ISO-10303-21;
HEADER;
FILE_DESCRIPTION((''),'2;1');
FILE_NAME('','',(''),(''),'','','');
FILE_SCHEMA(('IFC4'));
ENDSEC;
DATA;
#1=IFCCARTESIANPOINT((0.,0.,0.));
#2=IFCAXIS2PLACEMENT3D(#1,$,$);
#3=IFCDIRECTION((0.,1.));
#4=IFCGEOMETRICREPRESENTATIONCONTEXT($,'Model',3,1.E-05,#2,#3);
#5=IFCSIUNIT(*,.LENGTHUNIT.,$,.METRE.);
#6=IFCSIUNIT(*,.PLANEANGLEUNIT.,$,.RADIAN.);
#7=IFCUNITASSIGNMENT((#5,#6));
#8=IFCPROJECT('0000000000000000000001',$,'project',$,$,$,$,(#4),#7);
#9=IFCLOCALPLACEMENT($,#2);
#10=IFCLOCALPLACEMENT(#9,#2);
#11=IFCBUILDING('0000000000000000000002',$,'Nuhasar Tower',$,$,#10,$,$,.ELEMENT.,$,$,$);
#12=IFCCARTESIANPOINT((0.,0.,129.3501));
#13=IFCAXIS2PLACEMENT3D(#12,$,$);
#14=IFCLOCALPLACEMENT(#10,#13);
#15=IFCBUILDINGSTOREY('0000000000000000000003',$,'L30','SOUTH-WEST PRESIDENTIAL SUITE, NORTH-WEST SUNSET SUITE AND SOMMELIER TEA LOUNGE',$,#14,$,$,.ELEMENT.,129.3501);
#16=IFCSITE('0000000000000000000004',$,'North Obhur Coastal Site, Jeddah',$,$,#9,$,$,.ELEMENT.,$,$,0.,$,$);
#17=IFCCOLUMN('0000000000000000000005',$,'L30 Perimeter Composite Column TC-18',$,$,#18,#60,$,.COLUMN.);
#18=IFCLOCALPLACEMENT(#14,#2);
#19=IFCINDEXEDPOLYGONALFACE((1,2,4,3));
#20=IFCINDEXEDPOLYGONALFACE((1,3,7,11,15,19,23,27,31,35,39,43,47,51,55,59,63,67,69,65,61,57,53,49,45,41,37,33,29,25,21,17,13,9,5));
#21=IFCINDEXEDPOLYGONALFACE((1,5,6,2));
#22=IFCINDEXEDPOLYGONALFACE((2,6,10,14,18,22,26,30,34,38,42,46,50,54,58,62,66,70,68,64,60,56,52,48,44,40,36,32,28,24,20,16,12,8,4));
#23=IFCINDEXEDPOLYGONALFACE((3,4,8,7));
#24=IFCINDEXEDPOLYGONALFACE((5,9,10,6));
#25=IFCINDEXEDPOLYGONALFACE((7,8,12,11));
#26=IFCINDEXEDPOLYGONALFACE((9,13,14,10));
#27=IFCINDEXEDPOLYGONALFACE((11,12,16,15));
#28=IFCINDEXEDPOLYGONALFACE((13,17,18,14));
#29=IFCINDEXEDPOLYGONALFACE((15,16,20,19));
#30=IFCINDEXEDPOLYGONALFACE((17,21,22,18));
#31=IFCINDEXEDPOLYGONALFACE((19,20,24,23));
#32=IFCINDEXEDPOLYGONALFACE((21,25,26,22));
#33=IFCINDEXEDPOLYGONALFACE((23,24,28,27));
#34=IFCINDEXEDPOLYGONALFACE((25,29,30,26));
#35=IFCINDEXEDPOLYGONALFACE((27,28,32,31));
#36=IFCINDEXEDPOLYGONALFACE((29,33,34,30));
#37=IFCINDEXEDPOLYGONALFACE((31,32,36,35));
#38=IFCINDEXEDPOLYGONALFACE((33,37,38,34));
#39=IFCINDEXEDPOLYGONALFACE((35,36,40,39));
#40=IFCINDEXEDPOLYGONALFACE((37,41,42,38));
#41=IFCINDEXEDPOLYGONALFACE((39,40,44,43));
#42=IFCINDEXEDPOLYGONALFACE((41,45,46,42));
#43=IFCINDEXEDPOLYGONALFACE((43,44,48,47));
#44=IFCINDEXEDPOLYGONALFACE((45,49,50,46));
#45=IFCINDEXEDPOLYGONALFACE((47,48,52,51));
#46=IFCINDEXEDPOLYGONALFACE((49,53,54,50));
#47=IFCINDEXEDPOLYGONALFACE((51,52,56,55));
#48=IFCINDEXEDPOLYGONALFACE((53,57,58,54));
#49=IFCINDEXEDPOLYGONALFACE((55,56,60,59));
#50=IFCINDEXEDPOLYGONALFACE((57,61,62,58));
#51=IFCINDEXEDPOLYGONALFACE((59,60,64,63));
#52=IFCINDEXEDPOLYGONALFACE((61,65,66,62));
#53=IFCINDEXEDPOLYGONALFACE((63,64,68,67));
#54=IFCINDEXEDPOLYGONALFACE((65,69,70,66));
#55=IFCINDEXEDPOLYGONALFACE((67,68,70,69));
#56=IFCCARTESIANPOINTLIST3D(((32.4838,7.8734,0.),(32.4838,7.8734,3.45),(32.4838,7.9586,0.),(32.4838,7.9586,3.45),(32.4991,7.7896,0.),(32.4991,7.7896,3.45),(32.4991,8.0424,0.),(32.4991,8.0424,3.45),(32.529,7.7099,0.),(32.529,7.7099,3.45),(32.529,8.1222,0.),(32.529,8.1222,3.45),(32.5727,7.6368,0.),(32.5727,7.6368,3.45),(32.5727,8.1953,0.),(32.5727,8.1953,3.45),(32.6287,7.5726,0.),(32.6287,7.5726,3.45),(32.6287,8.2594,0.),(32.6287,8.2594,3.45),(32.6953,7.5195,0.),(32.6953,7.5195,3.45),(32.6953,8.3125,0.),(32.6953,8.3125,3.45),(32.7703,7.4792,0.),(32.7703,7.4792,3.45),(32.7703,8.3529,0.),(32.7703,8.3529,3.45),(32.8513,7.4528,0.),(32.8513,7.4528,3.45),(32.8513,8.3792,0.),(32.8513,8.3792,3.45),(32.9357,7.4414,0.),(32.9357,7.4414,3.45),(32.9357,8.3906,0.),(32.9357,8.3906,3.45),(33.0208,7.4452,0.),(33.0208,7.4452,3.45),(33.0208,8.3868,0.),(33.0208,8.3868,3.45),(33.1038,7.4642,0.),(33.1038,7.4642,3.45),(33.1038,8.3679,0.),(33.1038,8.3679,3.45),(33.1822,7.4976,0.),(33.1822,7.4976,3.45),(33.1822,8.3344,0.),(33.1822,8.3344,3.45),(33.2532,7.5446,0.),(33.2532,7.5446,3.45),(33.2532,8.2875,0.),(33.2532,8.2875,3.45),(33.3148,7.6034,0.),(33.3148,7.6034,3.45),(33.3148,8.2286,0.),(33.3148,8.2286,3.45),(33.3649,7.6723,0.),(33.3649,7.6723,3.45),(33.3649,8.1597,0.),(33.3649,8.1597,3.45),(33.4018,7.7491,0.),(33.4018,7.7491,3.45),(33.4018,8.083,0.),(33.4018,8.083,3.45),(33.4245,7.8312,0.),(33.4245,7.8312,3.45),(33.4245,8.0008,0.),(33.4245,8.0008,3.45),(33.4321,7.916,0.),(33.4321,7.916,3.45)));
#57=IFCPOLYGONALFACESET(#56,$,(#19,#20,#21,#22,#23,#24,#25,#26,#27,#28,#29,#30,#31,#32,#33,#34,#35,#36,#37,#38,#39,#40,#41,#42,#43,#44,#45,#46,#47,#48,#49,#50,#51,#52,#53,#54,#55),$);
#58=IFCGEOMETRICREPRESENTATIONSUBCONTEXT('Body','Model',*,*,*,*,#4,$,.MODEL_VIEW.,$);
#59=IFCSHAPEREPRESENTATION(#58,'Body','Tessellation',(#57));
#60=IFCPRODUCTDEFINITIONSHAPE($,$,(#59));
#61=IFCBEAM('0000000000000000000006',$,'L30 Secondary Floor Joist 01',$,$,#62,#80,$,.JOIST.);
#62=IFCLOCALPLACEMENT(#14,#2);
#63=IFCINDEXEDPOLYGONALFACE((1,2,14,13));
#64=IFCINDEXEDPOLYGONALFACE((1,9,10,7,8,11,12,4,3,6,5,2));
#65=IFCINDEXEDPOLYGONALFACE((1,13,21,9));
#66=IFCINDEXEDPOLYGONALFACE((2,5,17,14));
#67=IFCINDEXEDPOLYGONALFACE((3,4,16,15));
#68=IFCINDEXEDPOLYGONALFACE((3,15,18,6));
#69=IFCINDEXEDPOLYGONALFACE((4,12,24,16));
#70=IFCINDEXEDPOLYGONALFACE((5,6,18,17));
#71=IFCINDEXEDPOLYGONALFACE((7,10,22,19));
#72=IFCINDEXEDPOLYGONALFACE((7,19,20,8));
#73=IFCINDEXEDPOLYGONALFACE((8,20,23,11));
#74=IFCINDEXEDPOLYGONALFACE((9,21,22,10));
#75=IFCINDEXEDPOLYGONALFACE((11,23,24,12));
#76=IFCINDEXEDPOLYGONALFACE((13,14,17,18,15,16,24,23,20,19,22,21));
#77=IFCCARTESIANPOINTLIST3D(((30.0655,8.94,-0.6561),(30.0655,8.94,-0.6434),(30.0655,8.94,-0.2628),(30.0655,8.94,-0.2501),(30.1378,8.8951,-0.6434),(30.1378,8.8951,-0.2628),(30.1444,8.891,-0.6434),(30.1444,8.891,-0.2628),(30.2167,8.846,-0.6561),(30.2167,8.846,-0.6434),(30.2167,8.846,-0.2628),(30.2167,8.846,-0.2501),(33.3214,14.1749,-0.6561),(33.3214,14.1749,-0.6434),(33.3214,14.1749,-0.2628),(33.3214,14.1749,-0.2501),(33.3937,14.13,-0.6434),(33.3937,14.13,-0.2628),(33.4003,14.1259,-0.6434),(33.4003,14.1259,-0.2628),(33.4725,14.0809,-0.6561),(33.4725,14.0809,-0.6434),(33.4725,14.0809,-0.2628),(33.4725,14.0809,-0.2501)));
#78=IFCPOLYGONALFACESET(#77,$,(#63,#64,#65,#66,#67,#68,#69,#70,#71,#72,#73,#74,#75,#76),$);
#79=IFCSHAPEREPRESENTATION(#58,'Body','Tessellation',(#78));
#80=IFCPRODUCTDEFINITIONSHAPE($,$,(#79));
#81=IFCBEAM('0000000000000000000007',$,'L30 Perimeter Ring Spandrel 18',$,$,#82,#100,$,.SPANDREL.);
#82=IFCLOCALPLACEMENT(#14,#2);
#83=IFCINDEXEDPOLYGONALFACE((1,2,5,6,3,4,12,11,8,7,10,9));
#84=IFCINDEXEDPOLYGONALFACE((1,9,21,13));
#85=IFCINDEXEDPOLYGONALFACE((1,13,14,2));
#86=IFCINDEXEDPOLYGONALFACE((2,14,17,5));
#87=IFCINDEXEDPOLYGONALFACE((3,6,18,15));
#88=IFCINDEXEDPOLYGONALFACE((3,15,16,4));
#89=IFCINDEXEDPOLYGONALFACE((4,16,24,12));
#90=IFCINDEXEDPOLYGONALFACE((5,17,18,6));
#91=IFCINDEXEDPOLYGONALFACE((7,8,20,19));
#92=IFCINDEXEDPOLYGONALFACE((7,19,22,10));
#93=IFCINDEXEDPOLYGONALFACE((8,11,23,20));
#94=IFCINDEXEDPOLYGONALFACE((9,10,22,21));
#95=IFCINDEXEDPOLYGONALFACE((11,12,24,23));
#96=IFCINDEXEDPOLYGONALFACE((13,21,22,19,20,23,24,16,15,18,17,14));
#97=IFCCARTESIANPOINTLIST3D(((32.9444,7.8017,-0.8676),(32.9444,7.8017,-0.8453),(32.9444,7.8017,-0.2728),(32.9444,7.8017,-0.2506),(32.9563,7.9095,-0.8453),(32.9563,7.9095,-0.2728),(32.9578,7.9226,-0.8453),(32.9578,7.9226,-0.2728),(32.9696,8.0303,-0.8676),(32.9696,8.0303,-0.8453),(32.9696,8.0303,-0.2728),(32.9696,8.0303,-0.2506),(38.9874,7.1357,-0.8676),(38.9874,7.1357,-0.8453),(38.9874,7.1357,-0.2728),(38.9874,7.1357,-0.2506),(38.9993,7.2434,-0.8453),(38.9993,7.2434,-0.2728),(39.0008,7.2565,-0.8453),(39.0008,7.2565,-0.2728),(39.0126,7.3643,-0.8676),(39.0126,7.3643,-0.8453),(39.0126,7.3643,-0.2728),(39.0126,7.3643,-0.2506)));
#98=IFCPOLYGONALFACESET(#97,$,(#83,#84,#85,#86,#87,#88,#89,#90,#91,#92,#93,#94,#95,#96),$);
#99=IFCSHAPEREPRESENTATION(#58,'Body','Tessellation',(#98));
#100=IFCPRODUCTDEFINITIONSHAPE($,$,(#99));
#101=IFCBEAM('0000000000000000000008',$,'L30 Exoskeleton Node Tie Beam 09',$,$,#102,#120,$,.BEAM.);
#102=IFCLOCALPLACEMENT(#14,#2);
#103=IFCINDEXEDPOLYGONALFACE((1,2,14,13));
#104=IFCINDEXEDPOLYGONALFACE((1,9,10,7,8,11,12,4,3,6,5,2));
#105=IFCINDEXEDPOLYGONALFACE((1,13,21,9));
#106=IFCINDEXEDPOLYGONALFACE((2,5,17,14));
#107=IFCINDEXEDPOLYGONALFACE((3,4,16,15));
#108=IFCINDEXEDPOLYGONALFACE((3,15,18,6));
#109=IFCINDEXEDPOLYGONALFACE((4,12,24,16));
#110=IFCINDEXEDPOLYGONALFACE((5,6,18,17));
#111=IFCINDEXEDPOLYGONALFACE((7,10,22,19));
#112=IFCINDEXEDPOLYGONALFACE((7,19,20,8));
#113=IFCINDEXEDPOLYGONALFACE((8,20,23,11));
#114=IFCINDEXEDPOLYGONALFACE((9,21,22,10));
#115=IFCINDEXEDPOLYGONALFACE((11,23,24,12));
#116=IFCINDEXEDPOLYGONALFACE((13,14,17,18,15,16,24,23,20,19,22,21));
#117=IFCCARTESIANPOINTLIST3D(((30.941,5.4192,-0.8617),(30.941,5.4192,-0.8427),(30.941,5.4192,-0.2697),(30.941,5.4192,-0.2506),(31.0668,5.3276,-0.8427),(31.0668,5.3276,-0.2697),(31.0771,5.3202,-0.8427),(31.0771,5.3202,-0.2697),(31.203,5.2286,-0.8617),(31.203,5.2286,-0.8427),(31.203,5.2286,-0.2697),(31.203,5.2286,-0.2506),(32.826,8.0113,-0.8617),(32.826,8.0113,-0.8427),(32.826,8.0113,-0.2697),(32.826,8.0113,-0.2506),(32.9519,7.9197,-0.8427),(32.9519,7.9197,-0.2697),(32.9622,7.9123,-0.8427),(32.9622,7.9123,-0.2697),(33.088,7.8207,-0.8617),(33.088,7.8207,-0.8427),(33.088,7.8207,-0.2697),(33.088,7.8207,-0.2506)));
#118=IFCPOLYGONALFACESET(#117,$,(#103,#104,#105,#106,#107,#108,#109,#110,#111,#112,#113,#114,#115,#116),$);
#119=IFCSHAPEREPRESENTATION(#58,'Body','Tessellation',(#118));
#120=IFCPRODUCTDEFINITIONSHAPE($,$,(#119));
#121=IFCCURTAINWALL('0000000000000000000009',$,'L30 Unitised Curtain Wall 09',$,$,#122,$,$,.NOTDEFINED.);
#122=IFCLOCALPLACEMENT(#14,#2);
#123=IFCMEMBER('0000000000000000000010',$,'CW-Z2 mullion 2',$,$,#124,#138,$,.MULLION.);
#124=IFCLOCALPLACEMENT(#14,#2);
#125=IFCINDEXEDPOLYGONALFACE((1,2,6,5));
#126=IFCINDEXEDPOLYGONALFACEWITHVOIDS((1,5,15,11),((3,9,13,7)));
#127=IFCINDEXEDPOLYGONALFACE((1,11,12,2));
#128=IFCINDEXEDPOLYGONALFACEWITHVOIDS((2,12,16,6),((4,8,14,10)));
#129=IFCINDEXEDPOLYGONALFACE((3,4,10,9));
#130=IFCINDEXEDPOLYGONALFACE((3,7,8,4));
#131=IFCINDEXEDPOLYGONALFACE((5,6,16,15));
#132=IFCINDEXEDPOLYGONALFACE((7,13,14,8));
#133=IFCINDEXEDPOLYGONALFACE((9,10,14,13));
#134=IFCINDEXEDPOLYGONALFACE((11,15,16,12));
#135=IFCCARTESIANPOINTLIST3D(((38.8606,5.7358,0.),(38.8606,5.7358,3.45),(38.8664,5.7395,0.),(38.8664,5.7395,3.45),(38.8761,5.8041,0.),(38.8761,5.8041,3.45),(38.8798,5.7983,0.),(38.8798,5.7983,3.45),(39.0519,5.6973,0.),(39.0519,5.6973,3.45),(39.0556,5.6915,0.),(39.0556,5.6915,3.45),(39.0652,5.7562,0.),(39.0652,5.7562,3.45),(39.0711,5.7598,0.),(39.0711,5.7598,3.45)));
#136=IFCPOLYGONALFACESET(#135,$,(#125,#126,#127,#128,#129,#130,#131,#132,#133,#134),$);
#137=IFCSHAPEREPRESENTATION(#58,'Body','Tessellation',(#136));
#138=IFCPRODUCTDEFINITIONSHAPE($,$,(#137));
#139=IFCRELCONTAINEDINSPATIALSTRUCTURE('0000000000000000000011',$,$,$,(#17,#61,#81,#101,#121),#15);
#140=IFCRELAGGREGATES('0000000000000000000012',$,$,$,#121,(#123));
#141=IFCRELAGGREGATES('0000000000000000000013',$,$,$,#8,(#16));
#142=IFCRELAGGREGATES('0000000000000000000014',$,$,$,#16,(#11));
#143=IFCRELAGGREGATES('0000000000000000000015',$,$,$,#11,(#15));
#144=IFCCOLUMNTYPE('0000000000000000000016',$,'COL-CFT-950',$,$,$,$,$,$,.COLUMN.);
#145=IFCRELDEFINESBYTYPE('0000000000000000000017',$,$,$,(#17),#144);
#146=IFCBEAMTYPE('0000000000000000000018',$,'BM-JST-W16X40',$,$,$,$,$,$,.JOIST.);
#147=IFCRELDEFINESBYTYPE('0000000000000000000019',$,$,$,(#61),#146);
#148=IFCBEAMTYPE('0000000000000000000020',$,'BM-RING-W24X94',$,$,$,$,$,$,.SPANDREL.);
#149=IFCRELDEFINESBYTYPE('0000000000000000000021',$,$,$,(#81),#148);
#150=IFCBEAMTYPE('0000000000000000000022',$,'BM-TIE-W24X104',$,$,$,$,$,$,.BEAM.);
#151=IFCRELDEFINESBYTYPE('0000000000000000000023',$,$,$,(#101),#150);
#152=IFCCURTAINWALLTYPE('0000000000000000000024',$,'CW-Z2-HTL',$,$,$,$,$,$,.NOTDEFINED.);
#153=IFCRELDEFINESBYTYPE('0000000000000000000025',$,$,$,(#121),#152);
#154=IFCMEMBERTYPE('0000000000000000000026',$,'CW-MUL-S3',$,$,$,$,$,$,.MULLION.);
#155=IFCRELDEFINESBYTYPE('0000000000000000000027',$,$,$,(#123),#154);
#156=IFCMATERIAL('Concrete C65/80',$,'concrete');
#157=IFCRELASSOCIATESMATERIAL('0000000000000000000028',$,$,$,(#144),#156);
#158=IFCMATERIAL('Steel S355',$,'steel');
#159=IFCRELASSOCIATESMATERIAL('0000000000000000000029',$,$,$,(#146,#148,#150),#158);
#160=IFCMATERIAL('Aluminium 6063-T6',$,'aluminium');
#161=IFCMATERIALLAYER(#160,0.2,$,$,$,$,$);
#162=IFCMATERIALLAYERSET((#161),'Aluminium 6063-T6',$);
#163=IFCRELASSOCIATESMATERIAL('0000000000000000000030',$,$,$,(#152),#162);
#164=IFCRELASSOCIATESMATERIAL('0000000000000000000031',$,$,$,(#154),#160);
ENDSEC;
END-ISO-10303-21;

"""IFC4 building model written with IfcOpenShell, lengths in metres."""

from ifc_helpers import new_model, si_unit, direction, frame, origin, origin_2d, place, context, subcontext, project, spatial, hollow_rectangle, circle, i_section, extrude, material, layer, layer_set, material_profile, profile_set, type_object, element, aggregate, save


model = new_model("IFC4")

# Units and contexts
model_context = context("Model", 3, precision=1e-05, world=origin(), true_north=direction((0.0, 1.0)))
body_context = subcontext(model_context, "Body", "Model", "MODEL_VIEW")
ifc_project = project(units=[si_unit("LENGTHUNIT", "METRE"), si_unit("PLANEANGLEUNIT", "RADIAN")], contexts=[model_context])

# Site, building, storey
site_placement = place(None, origin())
site = spatial("IfcSite", under=ifc_project, at=site_placement, Name="North Obhur Coastal Site, Jeddah", CompositionType="ELEMENT", RefElevation=0.0)
building_placement = place(site_placement, origin())
building = spatial("IfcBuilding", under=site, at=building_placement, Name="Nuhasar Tower", CompositionType="ELEMENT")
storey_placement = place(building_placement, frame((0.0, 0.0, 129.3501)))
storey = spatial("IfcBuildingStorey", under=building, at=storey_placement, Name="L30", Description="SOUTH-WEST PRESIDENTIAL SUITE, NORTH-WEST SUNSET SUITE AND SOMMELIER TEA LOUNGE", CompositionType="ELEMENT", Elevation=129.3501)

# Column
ifc_material_1 = material(Name="Concrete C65/80", Category="concrete")
ifc_material_profile_1 = material_profile(ifc_material_1, circle(Radius=0.4751, at=origin_2d()), Name="CFT950")
ifc_profile_set_1 = profile_set([ifc_material_profile_1], Name="Concrete C65/80")
column_type = type_object("IfcColumnType", Name="COL-CFT-950", PredefinedType="COLUMN", material=ifc_profile_set_1)
column_placement = place(storey_placement, frame((32.957, 7.916, 0.0), z_axis=(0.0, 0.0, 1.0), x_axis=(1.0, 0.0, 0.0)))
element("IfcColumn", 1, at=column_placement, inside=storey, type_object=column_type, Name="L30 Perimeter Composite Column TC-18", PredefinedType="COLUMN", context=body_context, shape_type="SweptSolid", body=[
    extrude(circle(Radius=0.4751, at=origin_2d()), origin(), (0.0, 0.0, 1.0), 3.45),
])

# Beams
ifc_material_2 = material(Name="Steel S355", Category="steel")
ifc_material_profile_2 = material_profile(ifc_material_2, i_section(OverallWidth=0.178, OverallDepth=0.406, WebThickness=0.0078, FlangeThickness=0.0127, at=origin_2d()), Name="W16X40")
ifc_profile_set_2 = profile_set([ifc_material_profile_2], Name="Steel S355")
beam_type_1 = type_object("IfcBeamType", Name="BM-JST-W16X40", PredefinedType="JOIST", material=ifc_profile_set_2)
beam_1_placement = place(storey_placement, frame((33.397, 14.1279, -0.4531), z_axis=(-0.528139, -0.849158, 0.0), x_axis=(0.849158, -0.528139, 0.0)))
element("IfcBeam", 2, at=beam_1_placement, inside=storey, type_object=beam_type_1, Name="L30 Secondary Floor Joist 01", PredefinedType="JOIST", context=body_context, shape_type="SweptSolid", body=[
    extrude(i_section(OverallWidth=0.178, OverallDepth=0.406, WebThickness=0.0078, FlangeThickness=0.0127, at=origin_2d()), origin(), (0.0, 0.0, 1.0), 6.1648),
])
ifc_material_profile_3 = material_profile(ifc_material_2, i_section(OverallWidth=0.23, OverallDepth=0.6169, WebThickness=0.0132, FlangeThickness=0.0222, at=origin_2d()), Name="W24X94")
ifc_profile_set_3 = profile_set([ifc_material_profile_3], Name="Steel S355")
beam_type_2 = type_object("IfcBeamType", Name="BM-RING-W24X94", PredefinedType="SPANDREL", material=ifc_profile_set_3)
beam_2_placement = place(storey_placement, frame((32.957, 7.916, -0.5591), z_axis=(0.993981, -0.10955, 0.0), x_axis=(0.10955, 0.993981, 0.0)))
element("IfcBeam", 3, at=beam_2_placement, inside=storey, type_object=beam_type_2, Name="L30 Perimeter Ring Spandrel 18", PredefinedType="SPANDREL", context=body_context, shape_type="SweptSolid", body=[
    extrude(i_section(OverallWidth=0.23, OverallDepth=0.6169, WebThickness=0.0132, FlangeThickness=0.0222, at=origin_2d()), origin(), (0.0, 0.0, 1.0), 6.0796),
])
ifc_material_profile_4 = material_profile(ifc_material_2, i_section(OverallWidth=0.324, OverallDepth=0.6111, WebThickness=0.0127, FlangeThickness=0.019, at=origin_2d()), Name="W24X104")
ifc_profile_set_4 = profile_set([ifc_material_profile_4], Name="Steel S355")
beam_type_3 = type_object("IfcBeamType", Name="BM-TIE-W24X104", PredefinedType="BEAM", material=ifc_profile_set_4)
beam_3_placement = place(storey_placement, frame((32.957, 7.916, -0.5562), z_axis=(-0.588149, -0.808753, 0.0), x_axis=(0.808753, -0.588149, 0.0)))
element("IfcBeam", 4, at=beam_3_placement, inside=storey, type_object=beam_type_3, Name="L30 Exoskeleton Node Tie Beam 09", PredefinedType="BEAM", context=body_context, shape_type="SweptSolid", body=[
    extrude(i_section(OverallWidth=0.324, OverallDepth=0.6111, WebThickness=0.0127, FlangeThickness=0.019, at=origin_2d()), origin(), (0.0, 0.0, 1.0), 3.2051),
])

# Curtain wall, member
ifc_material_3 = material(Name="Aluminium 6063-T6", Category="aluminium")
ifc_layer_1 = layer(ifc_material_3, 0.2)
ifc_layer_set_1 = layer_set([ifc_layer_1], Name="Aluminium 6063-T6")
curtain_wall_type = type_object("IfcCurtainWallType", Name="CW-Z2-HTL", PredefinedType="NOTDEFINED", material=ifc_layer_set_1)
curtain_wall_placement = place(storey_placement, origin())
curtain_wall = element("IfcCurtainWall", 5, at=curtain_wall_placement, inside=storey, type_object=curtain_wall_type, Name="L30 Unitised Curtain Wall 09", PredefinedType="NOTDEFINED")
ifc_material_profile_5 = material_profile(ifc_material_3, hollow_rectangle(XDim=0.0701, YDim=0.2, WallThickness=0.0049, at=origin_2d()), Name="CWM-3")
ifc_profile_set_5 = profile_set([ifc_material_profile_5], Name="Aluminium 6063-T6")
member_type_1 = type_object("IfcMemberType", Name="CW-MUL-S3", PredefinedType="MULLION", material=ifc_profile_set_5)
member_1_placement = place(storey_placement, frame((38.9658, 5.7478, 0.0), z_axis=(0.0, 0.0, 1.0), x_axis=(0.221397, 0.975184, 0.0)))
member_1 = element("IfcMember", 6, at=member_1_placement, type_object=member_type_1, Name="CW-Z2 mullion 2", PredefinedType="MULLION", context=body_context, shape_type="SweptSolid", body=[
    extrude(hollow_rectangle(XDim=0.0701, YDim=0.2, WallThickness=0.0049, at=origin_2d()), origin(), (0.0, 0.0, 1.0), 3.45),
])

aggregate(curtain_wall, [member_1])

save(model, "model.ifc")
